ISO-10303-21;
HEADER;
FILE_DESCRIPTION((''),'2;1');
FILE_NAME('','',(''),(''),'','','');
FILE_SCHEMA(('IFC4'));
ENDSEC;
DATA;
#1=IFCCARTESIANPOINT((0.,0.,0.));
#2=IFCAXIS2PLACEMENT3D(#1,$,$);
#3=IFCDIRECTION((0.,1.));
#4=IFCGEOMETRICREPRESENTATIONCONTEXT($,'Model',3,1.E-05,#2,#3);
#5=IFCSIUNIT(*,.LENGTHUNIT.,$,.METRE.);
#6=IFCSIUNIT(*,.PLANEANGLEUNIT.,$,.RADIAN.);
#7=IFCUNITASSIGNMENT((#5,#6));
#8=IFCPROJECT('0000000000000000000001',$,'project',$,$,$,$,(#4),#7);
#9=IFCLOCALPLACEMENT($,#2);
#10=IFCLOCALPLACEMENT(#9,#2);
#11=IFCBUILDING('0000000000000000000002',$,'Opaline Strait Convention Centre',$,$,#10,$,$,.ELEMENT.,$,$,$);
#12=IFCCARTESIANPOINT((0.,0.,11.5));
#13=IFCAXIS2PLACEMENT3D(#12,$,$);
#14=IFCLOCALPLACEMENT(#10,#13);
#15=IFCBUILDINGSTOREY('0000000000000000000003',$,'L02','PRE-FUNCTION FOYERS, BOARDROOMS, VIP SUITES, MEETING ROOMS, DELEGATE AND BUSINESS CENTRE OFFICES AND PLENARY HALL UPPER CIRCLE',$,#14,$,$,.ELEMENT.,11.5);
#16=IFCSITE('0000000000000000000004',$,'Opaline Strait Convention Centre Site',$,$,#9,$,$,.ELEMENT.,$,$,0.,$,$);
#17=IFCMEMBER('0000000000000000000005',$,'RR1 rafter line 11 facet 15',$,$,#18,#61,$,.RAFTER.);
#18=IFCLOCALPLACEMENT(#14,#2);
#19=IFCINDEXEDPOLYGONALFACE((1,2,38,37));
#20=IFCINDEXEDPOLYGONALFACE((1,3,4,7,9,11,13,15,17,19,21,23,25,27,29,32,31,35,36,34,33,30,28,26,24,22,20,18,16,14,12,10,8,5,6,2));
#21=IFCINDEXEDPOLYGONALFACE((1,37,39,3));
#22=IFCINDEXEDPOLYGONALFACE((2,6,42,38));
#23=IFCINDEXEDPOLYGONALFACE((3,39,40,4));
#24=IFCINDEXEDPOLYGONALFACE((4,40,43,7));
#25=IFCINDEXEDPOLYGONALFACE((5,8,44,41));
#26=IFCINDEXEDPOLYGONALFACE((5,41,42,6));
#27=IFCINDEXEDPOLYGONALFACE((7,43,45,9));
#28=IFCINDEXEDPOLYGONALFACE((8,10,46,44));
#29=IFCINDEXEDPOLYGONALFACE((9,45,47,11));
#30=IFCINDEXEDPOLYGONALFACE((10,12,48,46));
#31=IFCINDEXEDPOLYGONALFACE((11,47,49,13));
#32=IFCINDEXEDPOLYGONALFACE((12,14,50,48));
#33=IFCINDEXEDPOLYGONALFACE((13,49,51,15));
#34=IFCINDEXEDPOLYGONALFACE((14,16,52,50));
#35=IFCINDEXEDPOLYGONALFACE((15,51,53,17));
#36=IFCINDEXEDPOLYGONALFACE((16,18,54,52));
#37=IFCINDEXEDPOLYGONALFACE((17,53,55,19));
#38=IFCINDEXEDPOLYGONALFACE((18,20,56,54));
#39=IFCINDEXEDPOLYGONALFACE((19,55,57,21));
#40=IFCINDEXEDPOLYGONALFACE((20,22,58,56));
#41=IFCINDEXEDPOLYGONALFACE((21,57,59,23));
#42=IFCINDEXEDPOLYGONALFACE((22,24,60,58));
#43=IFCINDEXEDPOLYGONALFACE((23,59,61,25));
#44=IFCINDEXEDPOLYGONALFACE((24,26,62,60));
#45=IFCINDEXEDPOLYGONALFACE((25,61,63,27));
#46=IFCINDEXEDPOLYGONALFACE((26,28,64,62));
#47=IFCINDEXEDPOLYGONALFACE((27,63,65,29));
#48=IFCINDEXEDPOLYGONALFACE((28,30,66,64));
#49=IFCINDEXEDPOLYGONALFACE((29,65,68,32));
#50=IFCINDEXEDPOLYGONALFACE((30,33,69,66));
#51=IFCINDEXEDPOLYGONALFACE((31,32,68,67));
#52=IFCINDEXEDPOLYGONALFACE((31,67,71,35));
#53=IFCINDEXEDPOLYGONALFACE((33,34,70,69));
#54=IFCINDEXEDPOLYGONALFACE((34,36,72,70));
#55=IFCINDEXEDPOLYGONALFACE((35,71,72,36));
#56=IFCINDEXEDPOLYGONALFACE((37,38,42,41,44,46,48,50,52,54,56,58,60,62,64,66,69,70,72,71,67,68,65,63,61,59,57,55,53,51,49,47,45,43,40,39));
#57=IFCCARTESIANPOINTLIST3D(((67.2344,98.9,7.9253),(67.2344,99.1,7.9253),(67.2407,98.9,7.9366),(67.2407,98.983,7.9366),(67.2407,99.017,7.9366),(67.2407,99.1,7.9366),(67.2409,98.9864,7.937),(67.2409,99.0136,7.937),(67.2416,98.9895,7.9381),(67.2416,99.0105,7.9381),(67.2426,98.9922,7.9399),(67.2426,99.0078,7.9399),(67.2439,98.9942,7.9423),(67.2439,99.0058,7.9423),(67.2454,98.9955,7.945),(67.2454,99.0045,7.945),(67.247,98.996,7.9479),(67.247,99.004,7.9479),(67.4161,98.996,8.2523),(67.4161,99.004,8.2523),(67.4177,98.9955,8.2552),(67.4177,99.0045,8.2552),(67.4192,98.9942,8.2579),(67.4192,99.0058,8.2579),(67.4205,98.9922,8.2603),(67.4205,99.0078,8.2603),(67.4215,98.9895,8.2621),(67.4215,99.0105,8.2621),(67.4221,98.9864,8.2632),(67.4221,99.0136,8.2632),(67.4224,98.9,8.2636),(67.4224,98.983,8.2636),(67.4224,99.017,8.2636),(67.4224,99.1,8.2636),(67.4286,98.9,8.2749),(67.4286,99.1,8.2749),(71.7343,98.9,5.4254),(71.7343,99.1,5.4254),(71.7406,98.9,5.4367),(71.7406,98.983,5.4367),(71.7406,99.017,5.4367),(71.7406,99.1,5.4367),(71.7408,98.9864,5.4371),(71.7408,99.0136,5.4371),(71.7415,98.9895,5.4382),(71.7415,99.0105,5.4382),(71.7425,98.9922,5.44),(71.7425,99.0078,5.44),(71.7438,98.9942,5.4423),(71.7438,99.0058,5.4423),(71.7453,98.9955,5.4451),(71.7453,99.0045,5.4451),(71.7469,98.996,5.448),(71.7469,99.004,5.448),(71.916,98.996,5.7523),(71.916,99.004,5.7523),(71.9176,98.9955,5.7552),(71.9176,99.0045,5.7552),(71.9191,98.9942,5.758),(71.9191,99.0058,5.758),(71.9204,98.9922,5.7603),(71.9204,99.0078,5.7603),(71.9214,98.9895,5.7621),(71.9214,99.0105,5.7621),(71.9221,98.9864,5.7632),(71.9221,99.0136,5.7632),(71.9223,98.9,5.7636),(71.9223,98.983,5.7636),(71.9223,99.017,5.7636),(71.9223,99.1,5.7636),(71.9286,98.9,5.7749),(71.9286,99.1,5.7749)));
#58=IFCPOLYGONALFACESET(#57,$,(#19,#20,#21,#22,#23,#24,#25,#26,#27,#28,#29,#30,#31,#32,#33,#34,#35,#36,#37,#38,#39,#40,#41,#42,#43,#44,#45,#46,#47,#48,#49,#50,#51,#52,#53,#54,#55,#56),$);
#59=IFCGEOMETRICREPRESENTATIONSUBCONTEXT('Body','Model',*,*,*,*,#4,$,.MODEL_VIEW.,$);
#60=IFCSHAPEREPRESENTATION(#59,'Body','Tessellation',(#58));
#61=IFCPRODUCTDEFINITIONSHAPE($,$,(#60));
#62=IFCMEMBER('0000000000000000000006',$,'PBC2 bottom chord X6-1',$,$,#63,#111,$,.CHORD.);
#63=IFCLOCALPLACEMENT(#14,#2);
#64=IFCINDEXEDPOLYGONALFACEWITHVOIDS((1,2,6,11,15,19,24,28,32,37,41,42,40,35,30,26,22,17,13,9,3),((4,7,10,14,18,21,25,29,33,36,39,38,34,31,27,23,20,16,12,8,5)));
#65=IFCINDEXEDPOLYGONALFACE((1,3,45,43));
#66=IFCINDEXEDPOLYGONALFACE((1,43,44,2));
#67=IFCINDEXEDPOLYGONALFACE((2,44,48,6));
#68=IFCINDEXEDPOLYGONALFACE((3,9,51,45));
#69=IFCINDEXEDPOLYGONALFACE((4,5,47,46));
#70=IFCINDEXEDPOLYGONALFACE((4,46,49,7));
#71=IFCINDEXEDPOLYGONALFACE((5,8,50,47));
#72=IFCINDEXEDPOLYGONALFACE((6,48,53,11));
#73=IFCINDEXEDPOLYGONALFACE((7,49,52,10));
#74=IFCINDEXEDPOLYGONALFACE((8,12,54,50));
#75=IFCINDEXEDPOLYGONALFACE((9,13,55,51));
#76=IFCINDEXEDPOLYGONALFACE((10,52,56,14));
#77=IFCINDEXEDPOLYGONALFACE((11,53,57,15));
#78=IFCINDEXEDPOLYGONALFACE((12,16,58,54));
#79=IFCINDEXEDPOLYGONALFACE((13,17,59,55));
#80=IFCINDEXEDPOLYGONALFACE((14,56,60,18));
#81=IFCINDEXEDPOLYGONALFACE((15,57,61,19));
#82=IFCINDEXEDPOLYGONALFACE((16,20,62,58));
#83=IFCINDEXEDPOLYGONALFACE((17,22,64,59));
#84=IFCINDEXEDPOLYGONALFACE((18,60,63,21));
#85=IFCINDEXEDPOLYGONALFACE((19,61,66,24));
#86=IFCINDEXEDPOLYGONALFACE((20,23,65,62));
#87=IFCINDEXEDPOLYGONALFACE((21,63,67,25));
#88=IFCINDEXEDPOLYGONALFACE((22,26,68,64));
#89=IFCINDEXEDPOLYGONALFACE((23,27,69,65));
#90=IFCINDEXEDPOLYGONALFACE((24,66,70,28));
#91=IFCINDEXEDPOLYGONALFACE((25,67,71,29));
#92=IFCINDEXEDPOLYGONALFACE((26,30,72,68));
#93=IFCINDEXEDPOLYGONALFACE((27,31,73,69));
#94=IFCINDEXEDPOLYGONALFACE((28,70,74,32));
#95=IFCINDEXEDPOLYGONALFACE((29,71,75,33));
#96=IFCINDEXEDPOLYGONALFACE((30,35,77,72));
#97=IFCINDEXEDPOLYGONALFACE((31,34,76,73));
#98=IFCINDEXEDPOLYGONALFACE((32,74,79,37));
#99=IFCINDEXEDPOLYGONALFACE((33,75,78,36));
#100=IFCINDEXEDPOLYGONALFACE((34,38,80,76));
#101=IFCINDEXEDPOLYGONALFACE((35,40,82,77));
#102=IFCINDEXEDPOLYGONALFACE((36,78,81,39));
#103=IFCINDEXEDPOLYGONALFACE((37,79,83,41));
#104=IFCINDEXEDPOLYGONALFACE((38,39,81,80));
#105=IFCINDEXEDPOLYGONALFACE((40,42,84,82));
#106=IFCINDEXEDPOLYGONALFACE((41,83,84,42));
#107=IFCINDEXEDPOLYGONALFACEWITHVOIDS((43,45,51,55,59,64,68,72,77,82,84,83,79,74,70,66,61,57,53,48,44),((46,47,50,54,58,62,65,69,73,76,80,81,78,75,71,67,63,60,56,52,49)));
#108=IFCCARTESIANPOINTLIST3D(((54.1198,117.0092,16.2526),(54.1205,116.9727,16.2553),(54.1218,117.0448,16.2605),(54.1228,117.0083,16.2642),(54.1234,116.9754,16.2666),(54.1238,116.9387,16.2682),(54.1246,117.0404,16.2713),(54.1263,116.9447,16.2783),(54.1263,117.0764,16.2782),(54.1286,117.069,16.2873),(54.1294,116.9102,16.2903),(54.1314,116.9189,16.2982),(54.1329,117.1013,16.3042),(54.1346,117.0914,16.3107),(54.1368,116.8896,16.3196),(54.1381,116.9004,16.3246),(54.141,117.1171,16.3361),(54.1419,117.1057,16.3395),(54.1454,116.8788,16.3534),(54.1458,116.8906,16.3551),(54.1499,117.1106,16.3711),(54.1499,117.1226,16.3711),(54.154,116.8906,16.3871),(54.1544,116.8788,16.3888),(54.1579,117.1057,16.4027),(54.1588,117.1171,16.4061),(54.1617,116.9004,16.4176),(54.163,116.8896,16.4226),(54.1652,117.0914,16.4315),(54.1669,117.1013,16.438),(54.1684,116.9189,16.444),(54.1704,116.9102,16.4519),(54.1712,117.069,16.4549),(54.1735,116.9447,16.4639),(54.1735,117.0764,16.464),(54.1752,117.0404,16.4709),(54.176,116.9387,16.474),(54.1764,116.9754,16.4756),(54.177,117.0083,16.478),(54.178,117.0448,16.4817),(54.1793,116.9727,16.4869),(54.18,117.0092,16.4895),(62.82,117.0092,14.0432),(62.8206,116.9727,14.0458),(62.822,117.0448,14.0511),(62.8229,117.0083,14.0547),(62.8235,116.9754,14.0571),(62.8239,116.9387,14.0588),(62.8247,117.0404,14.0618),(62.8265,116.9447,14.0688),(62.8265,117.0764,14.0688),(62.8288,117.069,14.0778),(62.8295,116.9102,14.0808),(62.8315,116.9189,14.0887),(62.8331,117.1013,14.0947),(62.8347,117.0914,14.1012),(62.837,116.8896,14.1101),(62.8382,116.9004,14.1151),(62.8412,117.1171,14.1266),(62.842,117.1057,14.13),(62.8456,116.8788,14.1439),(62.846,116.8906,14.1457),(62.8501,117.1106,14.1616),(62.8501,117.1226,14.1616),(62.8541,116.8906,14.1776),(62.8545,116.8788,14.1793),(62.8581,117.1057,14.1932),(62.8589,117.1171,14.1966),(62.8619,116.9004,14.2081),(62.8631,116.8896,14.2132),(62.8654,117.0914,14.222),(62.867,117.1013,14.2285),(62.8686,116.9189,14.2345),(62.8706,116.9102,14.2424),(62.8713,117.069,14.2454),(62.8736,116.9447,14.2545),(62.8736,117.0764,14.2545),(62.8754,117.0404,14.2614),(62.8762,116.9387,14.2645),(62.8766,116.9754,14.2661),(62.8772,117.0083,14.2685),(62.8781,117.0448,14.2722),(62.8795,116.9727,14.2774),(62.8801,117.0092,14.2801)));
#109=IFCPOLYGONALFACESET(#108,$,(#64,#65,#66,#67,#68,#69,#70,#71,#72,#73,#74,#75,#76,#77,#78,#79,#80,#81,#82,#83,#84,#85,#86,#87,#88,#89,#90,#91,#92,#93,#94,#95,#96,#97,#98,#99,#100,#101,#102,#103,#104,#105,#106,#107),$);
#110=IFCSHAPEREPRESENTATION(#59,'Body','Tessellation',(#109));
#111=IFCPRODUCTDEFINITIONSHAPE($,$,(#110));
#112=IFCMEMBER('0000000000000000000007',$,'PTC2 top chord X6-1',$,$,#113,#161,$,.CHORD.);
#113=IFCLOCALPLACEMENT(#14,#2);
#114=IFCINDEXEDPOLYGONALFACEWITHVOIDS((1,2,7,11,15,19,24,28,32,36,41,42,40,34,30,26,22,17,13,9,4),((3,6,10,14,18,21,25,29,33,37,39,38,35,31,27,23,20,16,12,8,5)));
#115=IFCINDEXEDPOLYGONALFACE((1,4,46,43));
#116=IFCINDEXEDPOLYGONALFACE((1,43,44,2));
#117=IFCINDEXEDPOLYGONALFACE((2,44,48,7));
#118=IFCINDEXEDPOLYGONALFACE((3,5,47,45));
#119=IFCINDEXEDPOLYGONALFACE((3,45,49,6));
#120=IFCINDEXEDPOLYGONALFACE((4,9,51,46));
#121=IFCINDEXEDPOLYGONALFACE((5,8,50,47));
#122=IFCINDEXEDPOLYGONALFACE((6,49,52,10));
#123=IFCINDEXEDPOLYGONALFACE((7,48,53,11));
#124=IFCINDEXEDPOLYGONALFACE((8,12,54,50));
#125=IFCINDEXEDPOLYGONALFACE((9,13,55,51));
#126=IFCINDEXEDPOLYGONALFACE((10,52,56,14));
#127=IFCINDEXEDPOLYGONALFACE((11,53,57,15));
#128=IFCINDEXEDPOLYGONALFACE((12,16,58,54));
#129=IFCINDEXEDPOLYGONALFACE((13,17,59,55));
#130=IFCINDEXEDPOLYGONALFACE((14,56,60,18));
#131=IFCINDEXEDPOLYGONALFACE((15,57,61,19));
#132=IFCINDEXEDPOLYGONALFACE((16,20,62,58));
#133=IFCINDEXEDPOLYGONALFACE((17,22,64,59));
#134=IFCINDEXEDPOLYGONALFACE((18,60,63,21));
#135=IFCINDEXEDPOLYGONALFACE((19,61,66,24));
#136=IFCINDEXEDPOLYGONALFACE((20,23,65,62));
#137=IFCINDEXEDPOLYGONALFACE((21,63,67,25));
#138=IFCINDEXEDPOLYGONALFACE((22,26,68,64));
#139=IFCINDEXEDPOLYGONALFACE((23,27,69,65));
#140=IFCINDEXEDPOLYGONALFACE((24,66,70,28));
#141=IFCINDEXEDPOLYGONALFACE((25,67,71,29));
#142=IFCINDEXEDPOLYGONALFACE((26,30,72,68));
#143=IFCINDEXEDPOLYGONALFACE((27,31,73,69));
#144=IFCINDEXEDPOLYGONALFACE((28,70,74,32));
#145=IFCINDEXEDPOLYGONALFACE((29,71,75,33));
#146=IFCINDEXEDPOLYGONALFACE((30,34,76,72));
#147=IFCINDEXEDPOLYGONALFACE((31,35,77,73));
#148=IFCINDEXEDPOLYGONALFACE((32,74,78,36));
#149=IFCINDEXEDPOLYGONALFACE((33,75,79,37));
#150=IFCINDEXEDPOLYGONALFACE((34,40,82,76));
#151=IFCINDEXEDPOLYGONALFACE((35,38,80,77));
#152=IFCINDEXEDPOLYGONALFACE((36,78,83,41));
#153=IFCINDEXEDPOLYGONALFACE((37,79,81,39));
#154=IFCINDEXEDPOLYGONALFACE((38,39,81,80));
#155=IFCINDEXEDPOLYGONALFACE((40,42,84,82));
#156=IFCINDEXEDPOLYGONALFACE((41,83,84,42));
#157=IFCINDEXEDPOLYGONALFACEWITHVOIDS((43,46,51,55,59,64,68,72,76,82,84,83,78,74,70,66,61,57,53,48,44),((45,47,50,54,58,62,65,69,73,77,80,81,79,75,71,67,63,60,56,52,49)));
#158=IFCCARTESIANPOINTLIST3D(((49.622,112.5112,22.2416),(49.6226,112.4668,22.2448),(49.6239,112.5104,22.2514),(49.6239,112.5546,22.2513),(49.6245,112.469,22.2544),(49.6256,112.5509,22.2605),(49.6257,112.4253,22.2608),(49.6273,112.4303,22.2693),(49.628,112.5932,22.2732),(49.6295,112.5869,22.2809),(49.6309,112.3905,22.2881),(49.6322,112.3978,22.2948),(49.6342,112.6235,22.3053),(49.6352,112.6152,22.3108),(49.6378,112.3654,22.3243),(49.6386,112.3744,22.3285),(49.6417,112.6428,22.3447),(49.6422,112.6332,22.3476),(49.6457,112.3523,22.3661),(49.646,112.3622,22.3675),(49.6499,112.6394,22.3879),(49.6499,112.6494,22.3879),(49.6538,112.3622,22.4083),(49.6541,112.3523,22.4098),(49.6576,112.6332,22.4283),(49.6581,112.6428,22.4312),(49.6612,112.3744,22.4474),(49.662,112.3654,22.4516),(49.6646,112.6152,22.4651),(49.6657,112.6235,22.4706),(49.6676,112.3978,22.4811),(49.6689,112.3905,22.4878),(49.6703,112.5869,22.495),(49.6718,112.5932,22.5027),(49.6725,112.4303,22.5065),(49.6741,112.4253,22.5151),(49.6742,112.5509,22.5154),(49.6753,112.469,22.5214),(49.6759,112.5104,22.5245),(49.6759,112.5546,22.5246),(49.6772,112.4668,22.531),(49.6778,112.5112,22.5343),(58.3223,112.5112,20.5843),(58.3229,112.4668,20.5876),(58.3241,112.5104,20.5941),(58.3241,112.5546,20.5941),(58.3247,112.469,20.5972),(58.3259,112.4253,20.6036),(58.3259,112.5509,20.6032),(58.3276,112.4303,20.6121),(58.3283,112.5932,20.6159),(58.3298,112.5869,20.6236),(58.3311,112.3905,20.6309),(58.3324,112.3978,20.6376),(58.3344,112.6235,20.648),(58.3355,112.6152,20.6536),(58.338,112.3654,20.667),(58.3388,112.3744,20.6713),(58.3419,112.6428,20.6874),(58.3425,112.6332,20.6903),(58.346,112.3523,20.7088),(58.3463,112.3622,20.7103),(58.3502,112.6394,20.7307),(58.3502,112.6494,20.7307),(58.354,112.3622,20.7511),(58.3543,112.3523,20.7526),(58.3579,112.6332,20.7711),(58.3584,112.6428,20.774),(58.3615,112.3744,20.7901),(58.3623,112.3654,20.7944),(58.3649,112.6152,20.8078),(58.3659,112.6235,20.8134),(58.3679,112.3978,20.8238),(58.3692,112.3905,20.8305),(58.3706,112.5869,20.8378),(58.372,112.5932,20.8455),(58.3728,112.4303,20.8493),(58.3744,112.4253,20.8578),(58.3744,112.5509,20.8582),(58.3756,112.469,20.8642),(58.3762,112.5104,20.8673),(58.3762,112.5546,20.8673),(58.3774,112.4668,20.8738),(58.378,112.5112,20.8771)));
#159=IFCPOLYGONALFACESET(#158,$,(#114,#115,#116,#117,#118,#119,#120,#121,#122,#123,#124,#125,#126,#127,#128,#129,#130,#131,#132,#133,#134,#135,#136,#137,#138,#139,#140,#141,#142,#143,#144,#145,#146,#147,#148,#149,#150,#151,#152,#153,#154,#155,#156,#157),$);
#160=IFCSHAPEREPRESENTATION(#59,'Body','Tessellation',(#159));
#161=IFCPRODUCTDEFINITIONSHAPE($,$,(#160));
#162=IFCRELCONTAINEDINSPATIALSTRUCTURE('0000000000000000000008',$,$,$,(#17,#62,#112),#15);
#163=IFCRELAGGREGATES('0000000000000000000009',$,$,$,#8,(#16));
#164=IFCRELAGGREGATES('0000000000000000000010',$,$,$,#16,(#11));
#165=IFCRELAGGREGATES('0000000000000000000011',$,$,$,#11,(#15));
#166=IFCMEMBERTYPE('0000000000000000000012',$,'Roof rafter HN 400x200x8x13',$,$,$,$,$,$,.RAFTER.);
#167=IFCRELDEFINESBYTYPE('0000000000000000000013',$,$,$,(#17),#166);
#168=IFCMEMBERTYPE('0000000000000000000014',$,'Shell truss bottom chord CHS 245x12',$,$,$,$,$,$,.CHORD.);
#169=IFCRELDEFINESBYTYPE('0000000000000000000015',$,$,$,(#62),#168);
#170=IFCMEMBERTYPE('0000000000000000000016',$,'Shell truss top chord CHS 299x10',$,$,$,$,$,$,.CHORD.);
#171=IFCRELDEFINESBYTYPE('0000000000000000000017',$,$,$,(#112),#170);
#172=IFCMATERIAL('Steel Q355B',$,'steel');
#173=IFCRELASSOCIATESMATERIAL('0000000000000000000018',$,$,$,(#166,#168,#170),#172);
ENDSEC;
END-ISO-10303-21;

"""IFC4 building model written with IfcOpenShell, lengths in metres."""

from ifc_helpers import new_model, si_unit, direction, frame, origin, origin_2d, place, context, subcontext, project, spatial, hollow_circle, i_section, extrude, material, material_profile, profile_set, type_object, element, save


model = new_model("IFC4")

# Units and contexts
model_context = context("Model", 3, precision=1e-05, world=origin(), true_north=direction((0.0, 1.0)))
body_context = subcontext(model_context, "Body", "Model", "MODEL_VIEW")
ifc_project = project(units=[si_unit("LENGTHUNIT", "METRE"), si_unit("PLANEANGLEUNIT", "RADIAN")], contexts=[model_context])

# Site, building, storey
site_placement = place(None, origin())
site = spatial("IfcSite", under=ifc_project, at=site_placement, Name="Opaline Strait Convention Centre Site", CompositionType="ELEMENT", RefElevation=0.0)
building_placement = place(site_placement, origin())
building = spatial("IfcBuilding", under=site, at=building_placement, Name="Opaline Strait Convention Centre", CompositionType="ELEMENT")
storey_placement = place(building_placement, frame((0.0, 0.0, 11.5)))
storey = spatial("IfcBuildingStorey", under=building, at=storey_placement, Name="L02", Description="PRE-FUNCTION FOYERS, BOARDROOMS, VIP SUITES, MEETING ROOMS, DELEGATE AND BUSINESS CENTRE OFFICES AND PLENARY HALL UPPER CIRCLE", CompositionType="ELEMENT", Elevation=11.5)

# Members
ifc_material_1 = material(Name="Steel Q355B", Category="steel")
ifc_material_profile_1 = material_profile(ifc_material_1, i_section(OverallWidth=0.2, OverallDepth=0.3999, WebThickness=0.0081, FlangeThickness=0.0129, FilletRadius=0.0129, at=origin_2d()), Name="HN 400x200x8x13")
ifc_profile_set_1 = profile_set([ifc_material_profile_1], Name="Steel Q355B")
member_type_1 = type_object("IfcMemberType", Name="Roof rafter HN 400x200x8x13", PredefinedType="RAFTER", material=ifc_profile_set_1)
member_1_placement = place(storey_placement, frame((67.3315, 99.0, 8.1001), z_axis=(0.874157, 0.0, -0.485643), x_axis=(0.0, 1.0, 0.0)))
element("IfcMember", 1, at=member_1_placement, inside=storey, type_object=member_type_1, Name="RR1 rafter line 11 facet 15", PredefinedType="RAFTER", context=body_context, shape_type="SweptSolid", body=[
    extrude(i_section(OverallWidth=0.2, OverallDepth=0.3999, WebThickness=0.0081, FlangeThickness=0.0129, FilletRadius=0.0129, at=origin_2d()), origin(), (0.0, 0.0, 1.0), 5.1477),
])
ifc_material_profile_2 = material_profile(ifc_material_1, hollow_circle(Radius=0.1226, WallThickness=0.012, at=origin_2d()), Name="CHS 245x12")
ifc_profile_set_2 = profile_set([ifc_material_profile_2], Name="Steel Q355B")
member_type_2 = type_object("IfcMemberType", Name="Shell truss bottom chord CHS 245x12", PredefinedType="CHORD", material=ifc_profile_set_2)
member_2_placement = place(storey_placement, frame((54.1499, 117.0, 16.3711), z_axis=(0.969233, 0.0, -0.246143), x_axis=(0.0, 1.0, 0.0)))
element("IfcMember", 2, at=member_2_placement, inside=storey, type_object=member_type_2, Name="PBC2 bottom chord X6-1", PredefinedType="CHORD", context=body_context, shape_type="SweptSolid", body=[
    extrude(hollow_circle(Radius=0.1226, WallThickness=0.012, at=origin_2d()), origin(), (0.0, 0.0, 1.0), 8.9763),
])
ifc_material_profile_3 = material_profile(ifc_material_1, hollow_circle(Radius=0.1494, WallThickness=0.01, at=origin_2d()), Name="CHS 299x10")
ifc_profile_set_3 = profile_set([ifc_material_profile_3], Name="Steel Q355B")
member_type_3 = type_object("IfcMemberType", Name="Shell truss top chord CHS 299x10", PredefinedType="CHORD", material=ifc_profile_set_3)
member_3_placement = place(storey_placement, frame((49.6499, 112.5, 22.3879), z_axis=(0.982338, 0.0, -0.187117), x_axis=(0.0, 1.0, 0.0)))
element("IfcMember", 3, at=member_3_placement, inside=storey, type_object=member_type_3, Name="PTC2 top chord X6-1", PredefinedType="CHORD", context=body_context, shape_type="SweptSolid", body=[
    extrude(hollow_circle(Radius=0.1494, WallThickness=0.01, at=origin_2d()), origin(), (0.0, 0.0, 1.0), 8.8567),
])

save(model, "model.ifc")
